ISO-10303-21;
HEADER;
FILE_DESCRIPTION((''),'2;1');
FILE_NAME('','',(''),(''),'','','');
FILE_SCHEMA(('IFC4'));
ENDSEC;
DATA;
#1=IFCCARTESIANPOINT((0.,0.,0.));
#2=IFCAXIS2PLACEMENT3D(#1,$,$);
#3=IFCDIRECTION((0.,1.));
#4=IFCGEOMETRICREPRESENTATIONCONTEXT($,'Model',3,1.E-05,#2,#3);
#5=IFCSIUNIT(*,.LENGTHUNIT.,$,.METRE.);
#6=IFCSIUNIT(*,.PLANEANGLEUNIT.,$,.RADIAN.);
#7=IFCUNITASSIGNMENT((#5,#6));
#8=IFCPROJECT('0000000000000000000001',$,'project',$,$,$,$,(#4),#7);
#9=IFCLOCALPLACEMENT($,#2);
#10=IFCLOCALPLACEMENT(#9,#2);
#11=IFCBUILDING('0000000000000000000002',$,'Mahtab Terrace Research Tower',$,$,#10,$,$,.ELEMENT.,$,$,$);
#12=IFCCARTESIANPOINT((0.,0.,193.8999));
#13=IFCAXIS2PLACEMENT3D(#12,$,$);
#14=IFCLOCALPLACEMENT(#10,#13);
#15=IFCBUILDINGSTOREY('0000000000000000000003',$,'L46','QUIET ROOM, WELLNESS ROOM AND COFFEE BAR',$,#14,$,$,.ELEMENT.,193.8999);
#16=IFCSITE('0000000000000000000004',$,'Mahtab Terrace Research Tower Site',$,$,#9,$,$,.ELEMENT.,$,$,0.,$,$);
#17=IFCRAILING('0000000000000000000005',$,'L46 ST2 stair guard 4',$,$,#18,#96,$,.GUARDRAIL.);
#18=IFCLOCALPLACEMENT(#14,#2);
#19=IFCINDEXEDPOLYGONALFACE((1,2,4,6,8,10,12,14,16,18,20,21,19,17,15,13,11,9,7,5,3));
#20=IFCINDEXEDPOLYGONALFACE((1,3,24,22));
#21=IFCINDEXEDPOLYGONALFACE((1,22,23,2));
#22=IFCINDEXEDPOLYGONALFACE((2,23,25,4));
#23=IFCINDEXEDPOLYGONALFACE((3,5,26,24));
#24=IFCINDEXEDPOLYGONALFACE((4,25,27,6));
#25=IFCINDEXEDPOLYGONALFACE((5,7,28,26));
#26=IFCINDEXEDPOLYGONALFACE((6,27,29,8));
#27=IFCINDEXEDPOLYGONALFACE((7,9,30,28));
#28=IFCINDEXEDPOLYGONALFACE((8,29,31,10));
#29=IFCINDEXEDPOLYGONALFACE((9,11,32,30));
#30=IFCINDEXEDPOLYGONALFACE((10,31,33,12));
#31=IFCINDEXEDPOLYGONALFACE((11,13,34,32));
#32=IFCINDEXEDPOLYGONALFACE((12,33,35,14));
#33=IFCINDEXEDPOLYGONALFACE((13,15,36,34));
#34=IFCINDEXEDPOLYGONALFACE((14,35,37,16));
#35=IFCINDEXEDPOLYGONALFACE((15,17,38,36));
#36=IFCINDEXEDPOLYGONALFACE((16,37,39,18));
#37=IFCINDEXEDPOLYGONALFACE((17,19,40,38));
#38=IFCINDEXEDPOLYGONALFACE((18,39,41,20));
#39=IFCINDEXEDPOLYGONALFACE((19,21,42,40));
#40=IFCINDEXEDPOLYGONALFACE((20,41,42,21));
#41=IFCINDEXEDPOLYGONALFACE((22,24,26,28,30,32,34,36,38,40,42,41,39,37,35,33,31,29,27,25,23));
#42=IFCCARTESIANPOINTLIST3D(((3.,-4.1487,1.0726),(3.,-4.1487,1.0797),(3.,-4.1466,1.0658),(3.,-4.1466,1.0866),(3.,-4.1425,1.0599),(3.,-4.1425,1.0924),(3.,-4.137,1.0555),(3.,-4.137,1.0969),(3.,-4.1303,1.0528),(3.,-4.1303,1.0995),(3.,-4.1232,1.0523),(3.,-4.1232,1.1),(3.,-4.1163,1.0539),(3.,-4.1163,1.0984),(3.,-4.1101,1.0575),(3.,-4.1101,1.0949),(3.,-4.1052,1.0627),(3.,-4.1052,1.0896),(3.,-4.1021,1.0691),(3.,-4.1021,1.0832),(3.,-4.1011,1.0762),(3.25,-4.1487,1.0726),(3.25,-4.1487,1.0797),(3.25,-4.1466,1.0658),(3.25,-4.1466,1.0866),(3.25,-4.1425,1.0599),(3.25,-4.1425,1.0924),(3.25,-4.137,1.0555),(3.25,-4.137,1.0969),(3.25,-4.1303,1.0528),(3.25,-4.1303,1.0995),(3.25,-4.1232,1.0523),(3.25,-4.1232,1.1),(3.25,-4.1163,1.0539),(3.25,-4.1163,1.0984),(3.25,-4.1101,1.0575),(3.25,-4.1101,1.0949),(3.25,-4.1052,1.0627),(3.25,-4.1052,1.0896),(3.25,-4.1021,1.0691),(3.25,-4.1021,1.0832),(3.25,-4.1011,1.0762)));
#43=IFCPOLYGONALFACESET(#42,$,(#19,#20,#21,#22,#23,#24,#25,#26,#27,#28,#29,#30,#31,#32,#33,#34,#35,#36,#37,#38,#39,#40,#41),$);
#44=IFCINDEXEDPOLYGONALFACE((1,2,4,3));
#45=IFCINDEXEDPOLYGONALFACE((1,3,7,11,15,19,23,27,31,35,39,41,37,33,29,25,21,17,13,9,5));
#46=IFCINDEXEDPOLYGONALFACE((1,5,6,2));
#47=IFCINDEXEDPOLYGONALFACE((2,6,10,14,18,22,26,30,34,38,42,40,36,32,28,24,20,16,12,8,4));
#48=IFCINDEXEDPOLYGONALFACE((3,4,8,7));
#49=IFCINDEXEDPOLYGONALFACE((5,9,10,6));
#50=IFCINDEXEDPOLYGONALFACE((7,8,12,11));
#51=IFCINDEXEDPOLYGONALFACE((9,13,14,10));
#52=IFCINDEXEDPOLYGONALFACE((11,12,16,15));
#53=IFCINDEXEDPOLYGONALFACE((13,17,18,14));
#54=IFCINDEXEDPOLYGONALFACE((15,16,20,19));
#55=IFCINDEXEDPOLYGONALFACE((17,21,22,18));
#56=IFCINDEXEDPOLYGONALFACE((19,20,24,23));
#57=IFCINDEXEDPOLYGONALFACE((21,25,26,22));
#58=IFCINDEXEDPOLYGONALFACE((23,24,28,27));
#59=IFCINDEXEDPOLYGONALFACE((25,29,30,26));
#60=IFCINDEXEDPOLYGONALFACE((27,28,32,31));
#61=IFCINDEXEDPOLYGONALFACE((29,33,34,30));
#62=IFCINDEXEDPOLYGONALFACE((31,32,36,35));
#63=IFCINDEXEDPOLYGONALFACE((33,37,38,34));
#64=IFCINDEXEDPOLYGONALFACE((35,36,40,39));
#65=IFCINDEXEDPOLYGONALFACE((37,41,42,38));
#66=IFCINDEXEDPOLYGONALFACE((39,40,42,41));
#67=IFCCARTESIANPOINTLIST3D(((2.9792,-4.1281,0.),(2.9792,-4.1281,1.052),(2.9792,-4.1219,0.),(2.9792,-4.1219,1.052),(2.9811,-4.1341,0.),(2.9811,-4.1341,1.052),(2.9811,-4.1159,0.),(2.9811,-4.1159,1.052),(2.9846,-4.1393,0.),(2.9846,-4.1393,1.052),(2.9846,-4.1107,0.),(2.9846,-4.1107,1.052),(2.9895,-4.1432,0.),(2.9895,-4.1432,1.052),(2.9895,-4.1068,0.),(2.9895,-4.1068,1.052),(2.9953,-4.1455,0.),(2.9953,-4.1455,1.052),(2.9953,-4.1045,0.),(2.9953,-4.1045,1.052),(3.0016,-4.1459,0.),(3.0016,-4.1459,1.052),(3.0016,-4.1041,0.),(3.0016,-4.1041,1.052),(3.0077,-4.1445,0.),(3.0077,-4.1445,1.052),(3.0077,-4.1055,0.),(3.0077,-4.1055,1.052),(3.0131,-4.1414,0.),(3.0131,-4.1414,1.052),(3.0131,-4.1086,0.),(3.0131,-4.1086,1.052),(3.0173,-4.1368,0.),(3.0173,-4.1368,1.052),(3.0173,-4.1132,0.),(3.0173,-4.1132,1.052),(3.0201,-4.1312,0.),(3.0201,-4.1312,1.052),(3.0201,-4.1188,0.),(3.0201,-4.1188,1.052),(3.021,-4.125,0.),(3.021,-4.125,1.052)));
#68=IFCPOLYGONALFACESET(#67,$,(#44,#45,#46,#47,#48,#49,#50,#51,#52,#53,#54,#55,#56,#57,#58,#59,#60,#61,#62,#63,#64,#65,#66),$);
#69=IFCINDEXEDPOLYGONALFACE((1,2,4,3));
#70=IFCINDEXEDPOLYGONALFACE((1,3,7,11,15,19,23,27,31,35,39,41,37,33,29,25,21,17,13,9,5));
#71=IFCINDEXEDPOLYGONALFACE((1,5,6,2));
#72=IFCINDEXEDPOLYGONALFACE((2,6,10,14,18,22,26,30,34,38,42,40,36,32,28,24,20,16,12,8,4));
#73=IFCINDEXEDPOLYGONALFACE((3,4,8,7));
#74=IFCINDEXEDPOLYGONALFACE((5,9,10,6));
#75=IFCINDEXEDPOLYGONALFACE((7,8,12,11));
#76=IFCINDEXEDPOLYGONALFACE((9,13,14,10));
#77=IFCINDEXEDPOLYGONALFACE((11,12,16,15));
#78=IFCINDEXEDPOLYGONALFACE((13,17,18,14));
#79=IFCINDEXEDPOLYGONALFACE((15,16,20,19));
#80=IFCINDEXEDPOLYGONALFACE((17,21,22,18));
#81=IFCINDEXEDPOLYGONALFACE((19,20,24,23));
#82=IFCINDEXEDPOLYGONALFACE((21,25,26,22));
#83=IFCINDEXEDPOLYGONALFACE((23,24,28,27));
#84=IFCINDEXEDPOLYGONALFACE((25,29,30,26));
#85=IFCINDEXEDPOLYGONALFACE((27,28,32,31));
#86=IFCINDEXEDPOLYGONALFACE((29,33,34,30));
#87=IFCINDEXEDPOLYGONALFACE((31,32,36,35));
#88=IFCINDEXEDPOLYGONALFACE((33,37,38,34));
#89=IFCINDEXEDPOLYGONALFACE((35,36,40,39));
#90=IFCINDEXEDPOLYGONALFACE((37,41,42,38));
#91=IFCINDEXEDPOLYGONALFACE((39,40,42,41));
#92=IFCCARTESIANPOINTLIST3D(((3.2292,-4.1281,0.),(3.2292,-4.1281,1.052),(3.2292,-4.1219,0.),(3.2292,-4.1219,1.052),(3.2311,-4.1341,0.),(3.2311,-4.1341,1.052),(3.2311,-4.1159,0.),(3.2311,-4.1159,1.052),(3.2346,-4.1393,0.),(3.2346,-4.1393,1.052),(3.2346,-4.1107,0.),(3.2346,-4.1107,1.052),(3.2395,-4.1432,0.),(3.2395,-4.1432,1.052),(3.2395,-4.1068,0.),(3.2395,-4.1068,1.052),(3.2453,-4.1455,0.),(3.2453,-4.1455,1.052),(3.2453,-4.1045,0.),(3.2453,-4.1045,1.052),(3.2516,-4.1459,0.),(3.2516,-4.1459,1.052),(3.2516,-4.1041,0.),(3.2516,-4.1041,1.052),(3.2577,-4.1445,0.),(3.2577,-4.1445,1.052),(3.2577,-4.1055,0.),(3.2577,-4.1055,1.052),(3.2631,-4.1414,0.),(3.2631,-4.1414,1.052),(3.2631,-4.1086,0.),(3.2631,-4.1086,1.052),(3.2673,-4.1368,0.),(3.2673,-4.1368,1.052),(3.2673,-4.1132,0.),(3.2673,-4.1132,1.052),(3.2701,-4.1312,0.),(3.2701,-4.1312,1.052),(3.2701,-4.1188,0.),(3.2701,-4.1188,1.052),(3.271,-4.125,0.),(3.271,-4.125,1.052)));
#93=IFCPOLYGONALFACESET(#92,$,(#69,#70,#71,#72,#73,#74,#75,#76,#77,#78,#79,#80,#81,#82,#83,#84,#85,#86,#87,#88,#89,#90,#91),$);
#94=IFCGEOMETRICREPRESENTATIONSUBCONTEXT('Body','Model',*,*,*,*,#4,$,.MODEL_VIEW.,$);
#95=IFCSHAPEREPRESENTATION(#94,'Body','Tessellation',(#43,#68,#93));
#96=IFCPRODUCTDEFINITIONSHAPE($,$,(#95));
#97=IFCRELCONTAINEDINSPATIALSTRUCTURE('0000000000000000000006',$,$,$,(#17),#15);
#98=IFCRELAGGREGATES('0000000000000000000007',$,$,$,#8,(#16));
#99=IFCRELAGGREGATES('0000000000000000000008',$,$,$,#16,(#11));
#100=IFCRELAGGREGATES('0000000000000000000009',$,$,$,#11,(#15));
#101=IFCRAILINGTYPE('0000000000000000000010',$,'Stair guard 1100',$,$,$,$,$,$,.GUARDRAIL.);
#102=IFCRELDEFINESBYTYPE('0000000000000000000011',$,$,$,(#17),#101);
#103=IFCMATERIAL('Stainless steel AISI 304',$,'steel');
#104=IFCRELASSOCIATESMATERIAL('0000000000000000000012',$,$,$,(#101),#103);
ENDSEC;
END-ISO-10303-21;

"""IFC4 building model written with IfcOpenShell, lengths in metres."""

from ifc_helpers import new_model, si_unit, direction, frame, origin, origin_2d, place, context, subcontext, project, spatial, circle, extrude, material, type_object, element, save


model = new_model("IFC4")

# Units and contexts
model_context = context("Model", 3, precision=1e-05, world=origin(), true_north=direction((0.0, 1.0)))
body_context = subcontext(model_context, "Body", "Model", "MODEL_VIEW")
ifc_project = project(units=[si_unit("LENGTHUNIT", "METRE"), si_unit("PLANEANGLEUNIT", "RADIAN")], contexts=[model_context])

# Site, building, storey
site_placement = place(None, origin())
site = spatial("IfcSite", under=ifc_project, at=site_placement, Name="Mahtab Terrace Research Tower Site", CompositionType="ELEMENT", RefElevation=0.0)
building_placement = place(site_placement, origin())
building = spatial("IfcBuilding", under=site, at=building_placement, Name="Mahtab Terrace Research Tower", CompositionType="ELEMENT")
storey_placement = place(building_placement, frame((0.0, 0.0, 193.8999)))
storey = spatial("IfcBuildingStorey", under=building, at=storey_placement, Name="L46", Description="QUIET ROOM, WELLNESS ROOM AND COFFEE BAR", CompositionType="ELEMENT", Elevation=193.8999)

# Railing
ifc_material_1 = material(Name="Stainless steel AISI 304", Category="steel")
railing_type_1 = type_object("IfcRailingType", Name="Stair guard 1100", PredefinedType="GUARDRAIL", material=ifc_material_1)
railing_1_placement = place(storey_placement, frame((3.0, -4.125, 0.0)))
element("IfcRailing", 1, at=railing_1_placement, inside=storey, type_object=railing_type_1, Name="L46 ST2 stair guard 4", PredefinedType="GUARDRAIL", context=body_context, shape_type="SweptSolid", body=[
    extrude(circle(Radius=0.0239, at=origin_2d()), frame((0.0, 0.0, 1.0762), z_axis=(1.0, 0.0, 0.0), x_axis=(0.0, 1.0, 0.0)), (0.0, 0.0, 1.0), 0.25),
    extrude(circle(Radius=0.021, at=origin_2d()), origin(), (0.0, 0.0, 1.0), 1.052),
    extrude(circle(Radius=0.021, at=origin_2d()), frame((0.25, 0.0, 0.0)), (0.0, 0.0, 1.0), 1.052),
])

save(model, "model.ifc")
